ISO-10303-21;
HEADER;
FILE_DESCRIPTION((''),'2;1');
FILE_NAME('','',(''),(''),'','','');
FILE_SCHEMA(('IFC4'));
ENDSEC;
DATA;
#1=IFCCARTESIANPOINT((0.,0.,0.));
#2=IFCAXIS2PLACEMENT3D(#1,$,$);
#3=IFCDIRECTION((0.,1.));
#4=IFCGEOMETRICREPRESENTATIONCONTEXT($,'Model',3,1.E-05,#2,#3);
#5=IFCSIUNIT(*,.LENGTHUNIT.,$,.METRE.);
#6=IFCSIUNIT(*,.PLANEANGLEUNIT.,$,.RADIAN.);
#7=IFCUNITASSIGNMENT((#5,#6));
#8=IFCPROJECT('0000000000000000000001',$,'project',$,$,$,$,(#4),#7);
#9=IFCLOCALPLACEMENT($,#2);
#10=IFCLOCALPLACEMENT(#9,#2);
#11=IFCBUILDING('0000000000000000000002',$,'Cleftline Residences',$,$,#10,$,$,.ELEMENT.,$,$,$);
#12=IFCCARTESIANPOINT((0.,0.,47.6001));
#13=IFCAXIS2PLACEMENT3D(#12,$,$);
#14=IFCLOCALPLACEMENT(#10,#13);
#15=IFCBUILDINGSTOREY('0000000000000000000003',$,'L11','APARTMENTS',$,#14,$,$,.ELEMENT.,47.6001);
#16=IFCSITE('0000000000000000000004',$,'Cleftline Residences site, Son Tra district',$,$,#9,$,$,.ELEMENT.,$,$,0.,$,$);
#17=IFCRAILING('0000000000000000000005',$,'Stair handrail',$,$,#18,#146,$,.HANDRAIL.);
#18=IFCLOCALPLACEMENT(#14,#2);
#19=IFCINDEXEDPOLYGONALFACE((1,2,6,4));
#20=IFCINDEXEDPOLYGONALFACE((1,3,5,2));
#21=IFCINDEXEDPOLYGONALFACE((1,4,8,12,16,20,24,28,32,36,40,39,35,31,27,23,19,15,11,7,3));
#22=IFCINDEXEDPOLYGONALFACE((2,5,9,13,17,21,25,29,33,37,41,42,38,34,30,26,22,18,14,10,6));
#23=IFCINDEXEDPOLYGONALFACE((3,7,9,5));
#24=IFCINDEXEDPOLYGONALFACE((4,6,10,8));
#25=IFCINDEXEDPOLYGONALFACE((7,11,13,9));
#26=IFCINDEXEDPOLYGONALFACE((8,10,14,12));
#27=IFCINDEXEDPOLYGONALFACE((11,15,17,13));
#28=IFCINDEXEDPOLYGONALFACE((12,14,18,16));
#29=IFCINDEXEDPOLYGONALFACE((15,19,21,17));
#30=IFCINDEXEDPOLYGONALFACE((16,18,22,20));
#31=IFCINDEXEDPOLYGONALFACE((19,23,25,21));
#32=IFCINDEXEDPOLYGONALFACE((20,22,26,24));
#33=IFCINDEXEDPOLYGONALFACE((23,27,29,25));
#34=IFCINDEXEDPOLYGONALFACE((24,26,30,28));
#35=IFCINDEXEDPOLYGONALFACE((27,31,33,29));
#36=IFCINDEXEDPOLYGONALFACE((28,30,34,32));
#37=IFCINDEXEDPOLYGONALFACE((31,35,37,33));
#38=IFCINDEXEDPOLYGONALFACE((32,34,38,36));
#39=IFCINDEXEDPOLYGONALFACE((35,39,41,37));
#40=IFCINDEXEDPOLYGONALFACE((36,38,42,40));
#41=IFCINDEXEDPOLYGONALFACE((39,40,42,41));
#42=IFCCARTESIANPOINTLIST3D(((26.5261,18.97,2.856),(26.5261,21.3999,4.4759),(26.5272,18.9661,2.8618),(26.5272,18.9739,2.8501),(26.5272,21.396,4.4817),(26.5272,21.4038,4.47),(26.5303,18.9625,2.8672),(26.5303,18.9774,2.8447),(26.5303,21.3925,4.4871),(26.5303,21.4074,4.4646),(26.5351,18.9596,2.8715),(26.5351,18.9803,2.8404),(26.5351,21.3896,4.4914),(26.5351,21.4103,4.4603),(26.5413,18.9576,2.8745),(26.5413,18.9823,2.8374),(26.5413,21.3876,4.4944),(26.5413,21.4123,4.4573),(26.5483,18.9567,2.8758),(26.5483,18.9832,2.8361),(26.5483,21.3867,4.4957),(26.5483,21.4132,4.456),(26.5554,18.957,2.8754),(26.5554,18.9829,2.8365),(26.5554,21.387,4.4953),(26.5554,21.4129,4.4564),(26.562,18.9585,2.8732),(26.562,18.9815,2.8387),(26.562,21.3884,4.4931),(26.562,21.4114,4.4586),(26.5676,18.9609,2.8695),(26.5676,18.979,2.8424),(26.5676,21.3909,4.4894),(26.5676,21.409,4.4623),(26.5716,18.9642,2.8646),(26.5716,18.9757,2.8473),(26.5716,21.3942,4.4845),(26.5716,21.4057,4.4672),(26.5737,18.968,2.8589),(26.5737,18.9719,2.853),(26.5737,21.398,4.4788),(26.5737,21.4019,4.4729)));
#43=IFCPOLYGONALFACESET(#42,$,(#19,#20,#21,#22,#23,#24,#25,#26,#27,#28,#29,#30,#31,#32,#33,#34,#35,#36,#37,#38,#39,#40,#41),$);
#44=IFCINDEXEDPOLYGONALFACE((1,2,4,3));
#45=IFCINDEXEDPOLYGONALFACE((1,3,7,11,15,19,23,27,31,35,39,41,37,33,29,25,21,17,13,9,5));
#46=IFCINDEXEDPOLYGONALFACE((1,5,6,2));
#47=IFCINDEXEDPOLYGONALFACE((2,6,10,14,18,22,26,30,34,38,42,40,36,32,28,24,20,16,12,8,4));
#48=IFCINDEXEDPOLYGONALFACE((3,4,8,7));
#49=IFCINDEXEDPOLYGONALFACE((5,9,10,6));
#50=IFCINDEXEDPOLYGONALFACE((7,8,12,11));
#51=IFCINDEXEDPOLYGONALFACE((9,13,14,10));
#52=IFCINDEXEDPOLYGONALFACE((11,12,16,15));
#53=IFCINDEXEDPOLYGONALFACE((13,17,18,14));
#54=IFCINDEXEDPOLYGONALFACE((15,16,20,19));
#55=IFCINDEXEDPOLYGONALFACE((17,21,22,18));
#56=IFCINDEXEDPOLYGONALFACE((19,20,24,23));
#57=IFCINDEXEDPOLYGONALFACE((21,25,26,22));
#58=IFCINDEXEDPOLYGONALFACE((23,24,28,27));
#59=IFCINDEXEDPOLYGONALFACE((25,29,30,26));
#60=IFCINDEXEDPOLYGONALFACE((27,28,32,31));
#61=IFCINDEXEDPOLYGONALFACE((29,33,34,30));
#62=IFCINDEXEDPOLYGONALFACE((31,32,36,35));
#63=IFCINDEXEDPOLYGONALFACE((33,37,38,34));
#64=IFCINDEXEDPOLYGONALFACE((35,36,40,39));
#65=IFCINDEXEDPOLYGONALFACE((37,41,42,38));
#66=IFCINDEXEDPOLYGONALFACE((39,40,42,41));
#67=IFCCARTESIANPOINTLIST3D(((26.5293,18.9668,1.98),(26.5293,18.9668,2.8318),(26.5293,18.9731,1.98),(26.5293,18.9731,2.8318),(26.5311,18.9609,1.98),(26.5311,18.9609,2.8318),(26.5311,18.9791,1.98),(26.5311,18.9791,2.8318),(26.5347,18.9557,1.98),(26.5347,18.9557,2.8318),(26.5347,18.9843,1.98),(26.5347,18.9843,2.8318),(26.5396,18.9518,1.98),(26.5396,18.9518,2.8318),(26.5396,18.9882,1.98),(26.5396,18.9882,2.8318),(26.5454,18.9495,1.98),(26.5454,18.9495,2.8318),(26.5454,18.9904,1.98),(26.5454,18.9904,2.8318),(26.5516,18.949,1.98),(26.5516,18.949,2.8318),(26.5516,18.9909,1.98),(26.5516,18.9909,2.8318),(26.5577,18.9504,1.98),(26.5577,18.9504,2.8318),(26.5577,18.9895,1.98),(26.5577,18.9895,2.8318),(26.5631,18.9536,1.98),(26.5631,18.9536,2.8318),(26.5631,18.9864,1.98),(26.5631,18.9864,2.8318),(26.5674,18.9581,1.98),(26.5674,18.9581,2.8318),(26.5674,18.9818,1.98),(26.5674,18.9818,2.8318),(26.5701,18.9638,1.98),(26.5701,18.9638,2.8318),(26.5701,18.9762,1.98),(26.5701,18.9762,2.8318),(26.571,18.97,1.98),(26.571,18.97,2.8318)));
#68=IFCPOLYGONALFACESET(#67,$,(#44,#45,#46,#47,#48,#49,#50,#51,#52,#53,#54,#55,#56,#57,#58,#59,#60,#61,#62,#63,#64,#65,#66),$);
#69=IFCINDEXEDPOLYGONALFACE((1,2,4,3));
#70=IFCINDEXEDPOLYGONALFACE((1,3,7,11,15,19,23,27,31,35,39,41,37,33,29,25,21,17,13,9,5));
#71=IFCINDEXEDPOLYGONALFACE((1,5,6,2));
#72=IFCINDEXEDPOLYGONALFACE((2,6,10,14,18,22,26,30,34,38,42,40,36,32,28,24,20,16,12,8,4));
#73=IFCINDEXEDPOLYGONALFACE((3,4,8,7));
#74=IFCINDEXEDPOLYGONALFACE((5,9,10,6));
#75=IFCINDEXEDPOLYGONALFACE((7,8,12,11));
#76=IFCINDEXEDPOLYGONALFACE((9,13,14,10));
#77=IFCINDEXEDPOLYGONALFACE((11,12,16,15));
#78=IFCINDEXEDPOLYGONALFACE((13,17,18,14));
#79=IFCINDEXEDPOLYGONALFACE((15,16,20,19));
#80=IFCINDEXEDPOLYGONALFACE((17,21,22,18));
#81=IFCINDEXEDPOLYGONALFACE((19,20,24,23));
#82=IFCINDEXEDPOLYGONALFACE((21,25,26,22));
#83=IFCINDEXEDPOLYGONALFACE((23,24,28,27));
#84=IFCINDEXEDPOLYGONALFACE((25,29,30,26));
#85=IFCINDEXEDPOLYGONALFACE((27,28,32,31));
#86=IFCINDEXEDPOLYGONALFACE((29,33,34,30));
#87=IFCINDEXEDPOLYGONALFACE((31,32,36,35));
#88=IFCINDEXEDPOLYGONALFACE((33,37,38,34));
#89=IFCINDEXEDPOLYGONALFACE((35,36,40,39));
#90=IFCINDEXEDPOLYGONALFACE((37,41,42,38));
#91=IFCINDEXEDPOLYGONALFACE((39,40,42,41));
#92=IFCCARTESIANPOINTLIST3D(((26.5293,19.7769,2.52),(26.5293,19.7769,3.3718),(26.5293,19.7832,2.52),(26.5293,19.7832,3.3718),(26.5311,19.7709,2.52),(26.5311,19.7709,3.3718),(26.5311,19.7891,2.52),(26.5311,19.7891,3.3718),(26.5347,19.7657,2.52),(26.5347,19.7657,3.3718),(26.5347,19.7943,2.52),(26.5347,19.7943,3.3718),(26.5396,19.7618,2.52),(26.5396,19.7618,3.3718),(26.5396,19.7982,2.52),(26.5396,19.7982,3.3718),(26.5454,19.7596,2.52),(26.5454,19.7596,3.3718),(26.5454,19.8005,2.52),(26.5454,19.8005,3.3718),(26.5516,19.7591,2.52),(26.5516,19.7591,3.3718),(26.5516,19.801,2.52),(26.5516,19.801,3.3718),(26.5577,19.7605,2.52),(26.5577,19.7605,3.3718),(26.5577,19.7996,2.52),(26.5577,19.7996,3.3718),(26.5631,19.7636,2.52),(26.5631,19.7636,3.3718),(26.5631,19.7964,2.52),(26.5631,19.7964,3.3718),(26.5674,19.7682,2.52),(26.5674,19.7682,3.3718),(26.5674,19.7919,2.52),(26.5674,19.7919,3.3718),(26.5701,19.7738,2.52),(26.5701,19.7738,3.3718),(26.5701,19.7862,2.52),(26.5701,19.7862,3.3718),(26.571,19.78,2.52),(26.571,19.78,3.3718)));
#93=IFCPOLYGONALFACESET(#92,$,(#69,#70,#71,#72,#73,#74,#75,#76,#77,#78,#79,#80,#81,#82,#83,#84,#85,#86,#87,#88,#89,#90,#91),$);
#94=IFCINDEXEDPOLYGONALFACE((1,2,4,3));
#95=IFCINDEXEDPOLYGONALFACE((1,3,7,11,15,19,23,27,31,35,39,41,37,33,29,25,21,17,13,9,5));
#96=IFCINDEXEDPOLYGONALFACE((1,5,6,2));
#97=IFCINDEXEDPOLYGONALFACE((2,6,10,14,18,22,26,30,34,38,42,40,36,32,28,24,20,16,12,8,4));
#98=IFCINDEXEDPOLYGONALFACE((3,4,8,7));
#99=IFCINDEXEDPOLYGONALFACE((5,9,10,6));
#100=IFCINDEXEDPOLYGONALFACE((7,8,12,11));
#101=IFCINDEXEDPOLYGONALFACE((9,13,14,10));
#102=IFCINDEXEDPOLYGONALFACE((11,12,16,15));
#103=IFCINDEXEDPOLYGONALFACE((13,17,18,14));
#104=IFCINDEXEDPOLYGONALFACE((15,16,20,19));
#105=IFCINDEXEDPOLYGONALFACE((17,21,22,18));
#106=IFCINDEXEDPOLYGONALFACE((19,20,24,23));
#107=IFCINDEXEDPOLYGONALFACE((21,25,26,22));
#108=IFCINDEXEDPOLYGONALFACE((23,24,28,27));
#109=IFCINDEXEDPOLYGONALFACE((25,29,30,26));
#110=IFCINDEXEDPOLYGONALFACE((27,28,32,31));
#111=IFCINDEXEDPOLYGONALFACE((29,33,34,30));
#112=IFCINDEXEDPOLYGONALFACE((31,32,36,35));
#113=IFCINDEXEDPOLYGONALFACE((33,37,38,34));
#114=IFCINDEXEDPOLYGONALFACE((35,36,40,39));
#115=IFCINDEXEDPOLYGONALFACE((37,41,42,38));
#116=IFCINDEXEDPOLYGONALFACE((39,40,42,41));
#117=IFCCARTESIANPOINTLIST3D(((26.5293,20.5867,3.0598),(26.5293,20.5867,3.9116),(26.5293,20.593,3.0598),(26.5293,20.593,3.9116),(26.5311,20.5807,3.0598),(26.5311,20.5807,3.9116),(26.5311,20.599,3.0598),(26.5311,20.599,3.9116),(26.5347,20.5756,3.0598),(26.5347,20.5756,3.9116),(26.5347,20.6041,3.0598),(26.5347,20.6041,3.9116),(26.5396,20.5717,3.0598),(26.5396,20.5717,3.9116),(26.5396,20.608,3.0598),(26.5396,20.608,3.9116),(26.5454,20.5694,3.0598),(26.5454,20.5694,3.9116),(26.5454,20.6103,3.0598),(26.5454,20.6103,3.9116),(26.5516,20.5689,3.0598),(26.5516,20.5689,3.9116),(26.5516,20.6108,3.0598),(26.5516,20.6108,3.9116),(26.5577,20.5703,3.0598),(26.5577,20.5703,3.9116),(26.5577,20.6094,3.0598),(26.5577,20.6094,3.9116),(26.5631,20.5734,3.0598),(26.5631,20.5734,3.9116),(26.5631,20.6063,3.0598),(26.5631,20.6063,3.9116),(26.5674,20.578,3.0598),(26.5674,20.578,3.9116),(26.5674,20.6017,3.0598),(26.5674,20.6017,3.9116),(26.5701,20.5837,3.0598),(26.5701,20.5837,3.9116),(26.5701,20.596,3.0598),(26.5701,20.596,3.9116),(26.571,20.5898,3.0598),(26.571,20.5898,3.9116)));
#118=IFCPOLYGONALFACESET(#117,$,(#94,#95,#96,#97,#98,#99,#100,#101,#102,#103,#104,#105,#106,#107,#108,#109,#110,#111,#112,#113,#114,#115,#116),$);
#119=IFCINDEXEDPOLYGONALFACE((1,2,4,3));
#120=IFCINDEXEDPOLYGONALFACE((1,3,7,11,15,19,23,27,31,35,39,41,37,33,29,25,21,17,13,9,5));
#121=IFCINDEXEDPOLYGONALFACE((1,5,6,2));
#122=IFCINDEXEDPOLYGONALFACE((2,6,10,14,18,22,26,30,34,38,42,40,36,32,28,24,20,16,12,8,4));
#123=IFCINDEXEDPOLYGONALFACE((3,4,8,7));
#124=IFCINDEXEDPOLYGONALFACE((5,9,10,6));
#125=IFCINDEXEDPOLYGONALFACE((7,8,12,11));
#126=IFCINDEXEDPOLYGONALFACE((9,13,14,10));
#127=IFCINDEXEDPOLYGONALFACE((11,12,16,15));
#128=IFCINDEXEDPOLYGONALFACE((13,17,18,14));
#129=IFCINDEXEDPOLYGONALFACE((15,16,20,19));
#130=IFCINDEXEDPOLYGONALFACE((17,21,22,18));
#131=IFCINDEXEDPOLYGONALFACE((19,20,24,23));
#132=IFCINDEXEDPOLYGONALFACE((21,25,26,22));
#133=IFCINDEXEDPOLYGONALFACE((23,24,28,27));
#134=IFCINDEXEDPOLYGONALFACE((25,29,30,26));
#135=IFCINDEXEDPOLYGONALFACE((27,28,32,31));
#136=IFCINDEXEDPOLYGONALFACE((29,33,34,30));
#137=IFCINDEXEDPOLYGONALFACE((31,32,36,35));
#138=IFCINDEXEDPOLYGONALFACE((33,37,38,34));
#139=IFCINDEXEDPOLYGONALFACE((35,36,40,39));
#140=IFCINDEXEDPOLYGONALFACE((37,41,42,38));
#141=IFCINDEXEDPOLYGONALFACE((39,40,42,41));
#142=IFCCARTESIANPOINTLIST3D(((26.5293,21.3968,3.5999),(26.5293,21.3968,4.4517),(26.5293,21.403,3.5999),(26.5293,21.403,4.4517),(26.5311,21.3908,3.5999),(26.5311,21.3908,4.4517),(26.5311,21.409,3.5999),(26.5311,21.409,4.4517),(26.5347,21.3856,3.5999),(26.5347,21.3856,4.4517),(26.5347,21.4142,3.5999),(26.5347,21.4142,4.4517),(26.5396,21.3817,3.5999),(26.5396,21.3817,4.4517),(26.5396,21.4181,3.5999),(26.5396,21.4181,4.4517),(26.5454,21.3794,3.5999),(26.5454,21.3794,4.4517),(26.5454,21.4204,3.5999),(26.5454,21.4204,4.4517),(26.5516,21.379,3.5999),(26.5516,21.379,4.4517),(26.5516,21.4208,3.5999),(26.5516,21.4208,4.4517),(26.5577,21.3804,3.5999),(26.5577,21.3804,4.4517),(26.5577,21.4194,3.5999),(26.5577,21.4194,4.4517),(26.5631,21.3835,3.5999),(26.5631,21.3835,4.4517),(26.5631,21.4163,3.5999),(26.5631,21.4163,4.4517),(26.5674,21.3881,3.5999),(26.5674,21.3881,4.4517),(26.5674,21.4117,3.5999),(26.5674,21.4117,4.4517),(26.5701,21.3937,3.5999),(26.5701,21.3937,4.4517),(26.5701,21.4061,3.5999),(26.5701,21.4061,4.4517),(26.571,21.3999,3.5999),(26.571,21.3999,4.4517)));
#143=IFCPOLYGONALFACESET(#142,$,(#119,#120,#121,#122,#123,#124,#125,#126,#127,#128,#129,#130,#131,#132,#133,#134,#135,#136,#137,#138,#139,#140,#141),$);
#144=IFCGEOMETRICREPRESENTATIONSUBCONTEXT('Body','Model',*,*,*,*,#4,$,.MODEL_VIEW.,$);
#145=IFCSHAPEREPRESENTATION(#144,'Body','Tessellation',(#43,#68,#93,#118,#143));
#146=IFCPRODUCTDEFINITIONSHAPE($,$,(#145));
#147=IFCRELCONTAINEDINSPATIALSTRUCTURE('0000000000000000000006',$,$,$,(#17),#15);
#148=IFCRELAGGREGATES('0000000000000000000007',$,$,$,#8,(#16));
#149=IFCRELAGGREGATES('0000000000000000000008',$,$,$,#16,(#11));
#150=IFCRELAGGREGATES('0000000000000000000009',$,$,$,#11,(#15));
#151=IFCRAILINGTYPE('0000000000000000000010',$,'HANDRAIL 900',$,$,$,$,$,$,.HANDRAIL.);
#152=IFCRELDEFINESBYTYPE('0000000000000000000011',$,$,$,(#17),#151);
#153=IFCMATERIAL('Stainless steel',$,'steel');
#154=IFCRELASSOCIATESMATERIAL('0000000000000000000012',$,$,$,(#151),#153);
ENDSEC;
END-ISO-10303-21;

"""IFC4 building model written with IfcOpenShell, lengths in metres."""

from ifc_helpers import new_model, si_unit, direction, frame, origin, origin_2d, place, context, subcontext, project, spatial, circle, extrude, material, type_object, element, save


model = new_model("IFC4")

# Units and contexts
model_context = context("Model", 3, precision=1e-05, world=origin(), true_north=direction((0.0, 1.0)))
body_context = subcontext(model_context, "Body", "Model", "MODEL_VIEW")
ifc_project = project(units=[si_unit("LENGTHUNIT", "METRE"), si_unit("PLANEANGLEUNIT", "RADIAN")], contexts=[model_context])

# Site, building, storey
site_placement = place(None, origin())
site = spatial("IfcSite", under=ifc_project, at=site_placement, Name="Cleftline Residences site, Son Tra district", CompositionType="ELEMENT", RefElevation=0.0)
building_placement = place(site_placement, origin())
building = spatial("IfcBuilding", under=site, at=building_placement, Name="Cleftline Residences", CompositionType="ELEMENT")
storey_placement = place(building_placement, frame((0.0, 0.0, 47.6001)))
storey = spatial("IfcBuildingStorey", under=building, at=storey_placement, Name="L11", Description="APARTMENTS", CompositionType="ELEMENT", Elevation=47.6001)

# Railing
ifc_material_1 = material(Name="Stainless steel", Category="steel")
railing_type = type_object("IfcRailingType", Name="HANDRAIL 900", PredefinedType="HANDRAIL", material=ifc_material_1)
railing_1_placement = place(storey_placement, frame((26.55, 18.97, 1.98)))
element("IfcRailing", 1, at=railing_1_placement, inside=storey, type_object=railing_type, Name="Stair handrail", PredefinedType="HANDRAIL", context=body_context, shape_type="SweptSolid", body=[
    extrude(circle(Radius=0.0239, at=origin_2d()), frame((0.0, 0.0, 0.876), z_axis=(0.0, 0.832063, 0.554681), x_axis=(-1.0, 0.0, 0.0)), (0.0, 0.0, 1.0), 2.9204),
    extrude(circle(Radius=0.021, at=origin_2d()), origin(), (0.0, 0.0, 1.0), 0.8518),
    extrude(circle(Radius=0.021, at=origin_2d()), frame((0.0, 0.8101, 0.54)), (0.0, 0.0, 1.0), 0.8518),
    extrude(circle(Radius=0.021, at=origin_2d()), frame((0.0, 1.6199, 1.0798)), (0.0, 0.0, 1.0), 0.8518),
    extrude(circle(Radius=0.021, at=origin_2d()), frame((0.0, 2.4299, 1.6199)), (0.0, 0.0, 1.0), 0.8518),
])

save(model, "model.ifc")
